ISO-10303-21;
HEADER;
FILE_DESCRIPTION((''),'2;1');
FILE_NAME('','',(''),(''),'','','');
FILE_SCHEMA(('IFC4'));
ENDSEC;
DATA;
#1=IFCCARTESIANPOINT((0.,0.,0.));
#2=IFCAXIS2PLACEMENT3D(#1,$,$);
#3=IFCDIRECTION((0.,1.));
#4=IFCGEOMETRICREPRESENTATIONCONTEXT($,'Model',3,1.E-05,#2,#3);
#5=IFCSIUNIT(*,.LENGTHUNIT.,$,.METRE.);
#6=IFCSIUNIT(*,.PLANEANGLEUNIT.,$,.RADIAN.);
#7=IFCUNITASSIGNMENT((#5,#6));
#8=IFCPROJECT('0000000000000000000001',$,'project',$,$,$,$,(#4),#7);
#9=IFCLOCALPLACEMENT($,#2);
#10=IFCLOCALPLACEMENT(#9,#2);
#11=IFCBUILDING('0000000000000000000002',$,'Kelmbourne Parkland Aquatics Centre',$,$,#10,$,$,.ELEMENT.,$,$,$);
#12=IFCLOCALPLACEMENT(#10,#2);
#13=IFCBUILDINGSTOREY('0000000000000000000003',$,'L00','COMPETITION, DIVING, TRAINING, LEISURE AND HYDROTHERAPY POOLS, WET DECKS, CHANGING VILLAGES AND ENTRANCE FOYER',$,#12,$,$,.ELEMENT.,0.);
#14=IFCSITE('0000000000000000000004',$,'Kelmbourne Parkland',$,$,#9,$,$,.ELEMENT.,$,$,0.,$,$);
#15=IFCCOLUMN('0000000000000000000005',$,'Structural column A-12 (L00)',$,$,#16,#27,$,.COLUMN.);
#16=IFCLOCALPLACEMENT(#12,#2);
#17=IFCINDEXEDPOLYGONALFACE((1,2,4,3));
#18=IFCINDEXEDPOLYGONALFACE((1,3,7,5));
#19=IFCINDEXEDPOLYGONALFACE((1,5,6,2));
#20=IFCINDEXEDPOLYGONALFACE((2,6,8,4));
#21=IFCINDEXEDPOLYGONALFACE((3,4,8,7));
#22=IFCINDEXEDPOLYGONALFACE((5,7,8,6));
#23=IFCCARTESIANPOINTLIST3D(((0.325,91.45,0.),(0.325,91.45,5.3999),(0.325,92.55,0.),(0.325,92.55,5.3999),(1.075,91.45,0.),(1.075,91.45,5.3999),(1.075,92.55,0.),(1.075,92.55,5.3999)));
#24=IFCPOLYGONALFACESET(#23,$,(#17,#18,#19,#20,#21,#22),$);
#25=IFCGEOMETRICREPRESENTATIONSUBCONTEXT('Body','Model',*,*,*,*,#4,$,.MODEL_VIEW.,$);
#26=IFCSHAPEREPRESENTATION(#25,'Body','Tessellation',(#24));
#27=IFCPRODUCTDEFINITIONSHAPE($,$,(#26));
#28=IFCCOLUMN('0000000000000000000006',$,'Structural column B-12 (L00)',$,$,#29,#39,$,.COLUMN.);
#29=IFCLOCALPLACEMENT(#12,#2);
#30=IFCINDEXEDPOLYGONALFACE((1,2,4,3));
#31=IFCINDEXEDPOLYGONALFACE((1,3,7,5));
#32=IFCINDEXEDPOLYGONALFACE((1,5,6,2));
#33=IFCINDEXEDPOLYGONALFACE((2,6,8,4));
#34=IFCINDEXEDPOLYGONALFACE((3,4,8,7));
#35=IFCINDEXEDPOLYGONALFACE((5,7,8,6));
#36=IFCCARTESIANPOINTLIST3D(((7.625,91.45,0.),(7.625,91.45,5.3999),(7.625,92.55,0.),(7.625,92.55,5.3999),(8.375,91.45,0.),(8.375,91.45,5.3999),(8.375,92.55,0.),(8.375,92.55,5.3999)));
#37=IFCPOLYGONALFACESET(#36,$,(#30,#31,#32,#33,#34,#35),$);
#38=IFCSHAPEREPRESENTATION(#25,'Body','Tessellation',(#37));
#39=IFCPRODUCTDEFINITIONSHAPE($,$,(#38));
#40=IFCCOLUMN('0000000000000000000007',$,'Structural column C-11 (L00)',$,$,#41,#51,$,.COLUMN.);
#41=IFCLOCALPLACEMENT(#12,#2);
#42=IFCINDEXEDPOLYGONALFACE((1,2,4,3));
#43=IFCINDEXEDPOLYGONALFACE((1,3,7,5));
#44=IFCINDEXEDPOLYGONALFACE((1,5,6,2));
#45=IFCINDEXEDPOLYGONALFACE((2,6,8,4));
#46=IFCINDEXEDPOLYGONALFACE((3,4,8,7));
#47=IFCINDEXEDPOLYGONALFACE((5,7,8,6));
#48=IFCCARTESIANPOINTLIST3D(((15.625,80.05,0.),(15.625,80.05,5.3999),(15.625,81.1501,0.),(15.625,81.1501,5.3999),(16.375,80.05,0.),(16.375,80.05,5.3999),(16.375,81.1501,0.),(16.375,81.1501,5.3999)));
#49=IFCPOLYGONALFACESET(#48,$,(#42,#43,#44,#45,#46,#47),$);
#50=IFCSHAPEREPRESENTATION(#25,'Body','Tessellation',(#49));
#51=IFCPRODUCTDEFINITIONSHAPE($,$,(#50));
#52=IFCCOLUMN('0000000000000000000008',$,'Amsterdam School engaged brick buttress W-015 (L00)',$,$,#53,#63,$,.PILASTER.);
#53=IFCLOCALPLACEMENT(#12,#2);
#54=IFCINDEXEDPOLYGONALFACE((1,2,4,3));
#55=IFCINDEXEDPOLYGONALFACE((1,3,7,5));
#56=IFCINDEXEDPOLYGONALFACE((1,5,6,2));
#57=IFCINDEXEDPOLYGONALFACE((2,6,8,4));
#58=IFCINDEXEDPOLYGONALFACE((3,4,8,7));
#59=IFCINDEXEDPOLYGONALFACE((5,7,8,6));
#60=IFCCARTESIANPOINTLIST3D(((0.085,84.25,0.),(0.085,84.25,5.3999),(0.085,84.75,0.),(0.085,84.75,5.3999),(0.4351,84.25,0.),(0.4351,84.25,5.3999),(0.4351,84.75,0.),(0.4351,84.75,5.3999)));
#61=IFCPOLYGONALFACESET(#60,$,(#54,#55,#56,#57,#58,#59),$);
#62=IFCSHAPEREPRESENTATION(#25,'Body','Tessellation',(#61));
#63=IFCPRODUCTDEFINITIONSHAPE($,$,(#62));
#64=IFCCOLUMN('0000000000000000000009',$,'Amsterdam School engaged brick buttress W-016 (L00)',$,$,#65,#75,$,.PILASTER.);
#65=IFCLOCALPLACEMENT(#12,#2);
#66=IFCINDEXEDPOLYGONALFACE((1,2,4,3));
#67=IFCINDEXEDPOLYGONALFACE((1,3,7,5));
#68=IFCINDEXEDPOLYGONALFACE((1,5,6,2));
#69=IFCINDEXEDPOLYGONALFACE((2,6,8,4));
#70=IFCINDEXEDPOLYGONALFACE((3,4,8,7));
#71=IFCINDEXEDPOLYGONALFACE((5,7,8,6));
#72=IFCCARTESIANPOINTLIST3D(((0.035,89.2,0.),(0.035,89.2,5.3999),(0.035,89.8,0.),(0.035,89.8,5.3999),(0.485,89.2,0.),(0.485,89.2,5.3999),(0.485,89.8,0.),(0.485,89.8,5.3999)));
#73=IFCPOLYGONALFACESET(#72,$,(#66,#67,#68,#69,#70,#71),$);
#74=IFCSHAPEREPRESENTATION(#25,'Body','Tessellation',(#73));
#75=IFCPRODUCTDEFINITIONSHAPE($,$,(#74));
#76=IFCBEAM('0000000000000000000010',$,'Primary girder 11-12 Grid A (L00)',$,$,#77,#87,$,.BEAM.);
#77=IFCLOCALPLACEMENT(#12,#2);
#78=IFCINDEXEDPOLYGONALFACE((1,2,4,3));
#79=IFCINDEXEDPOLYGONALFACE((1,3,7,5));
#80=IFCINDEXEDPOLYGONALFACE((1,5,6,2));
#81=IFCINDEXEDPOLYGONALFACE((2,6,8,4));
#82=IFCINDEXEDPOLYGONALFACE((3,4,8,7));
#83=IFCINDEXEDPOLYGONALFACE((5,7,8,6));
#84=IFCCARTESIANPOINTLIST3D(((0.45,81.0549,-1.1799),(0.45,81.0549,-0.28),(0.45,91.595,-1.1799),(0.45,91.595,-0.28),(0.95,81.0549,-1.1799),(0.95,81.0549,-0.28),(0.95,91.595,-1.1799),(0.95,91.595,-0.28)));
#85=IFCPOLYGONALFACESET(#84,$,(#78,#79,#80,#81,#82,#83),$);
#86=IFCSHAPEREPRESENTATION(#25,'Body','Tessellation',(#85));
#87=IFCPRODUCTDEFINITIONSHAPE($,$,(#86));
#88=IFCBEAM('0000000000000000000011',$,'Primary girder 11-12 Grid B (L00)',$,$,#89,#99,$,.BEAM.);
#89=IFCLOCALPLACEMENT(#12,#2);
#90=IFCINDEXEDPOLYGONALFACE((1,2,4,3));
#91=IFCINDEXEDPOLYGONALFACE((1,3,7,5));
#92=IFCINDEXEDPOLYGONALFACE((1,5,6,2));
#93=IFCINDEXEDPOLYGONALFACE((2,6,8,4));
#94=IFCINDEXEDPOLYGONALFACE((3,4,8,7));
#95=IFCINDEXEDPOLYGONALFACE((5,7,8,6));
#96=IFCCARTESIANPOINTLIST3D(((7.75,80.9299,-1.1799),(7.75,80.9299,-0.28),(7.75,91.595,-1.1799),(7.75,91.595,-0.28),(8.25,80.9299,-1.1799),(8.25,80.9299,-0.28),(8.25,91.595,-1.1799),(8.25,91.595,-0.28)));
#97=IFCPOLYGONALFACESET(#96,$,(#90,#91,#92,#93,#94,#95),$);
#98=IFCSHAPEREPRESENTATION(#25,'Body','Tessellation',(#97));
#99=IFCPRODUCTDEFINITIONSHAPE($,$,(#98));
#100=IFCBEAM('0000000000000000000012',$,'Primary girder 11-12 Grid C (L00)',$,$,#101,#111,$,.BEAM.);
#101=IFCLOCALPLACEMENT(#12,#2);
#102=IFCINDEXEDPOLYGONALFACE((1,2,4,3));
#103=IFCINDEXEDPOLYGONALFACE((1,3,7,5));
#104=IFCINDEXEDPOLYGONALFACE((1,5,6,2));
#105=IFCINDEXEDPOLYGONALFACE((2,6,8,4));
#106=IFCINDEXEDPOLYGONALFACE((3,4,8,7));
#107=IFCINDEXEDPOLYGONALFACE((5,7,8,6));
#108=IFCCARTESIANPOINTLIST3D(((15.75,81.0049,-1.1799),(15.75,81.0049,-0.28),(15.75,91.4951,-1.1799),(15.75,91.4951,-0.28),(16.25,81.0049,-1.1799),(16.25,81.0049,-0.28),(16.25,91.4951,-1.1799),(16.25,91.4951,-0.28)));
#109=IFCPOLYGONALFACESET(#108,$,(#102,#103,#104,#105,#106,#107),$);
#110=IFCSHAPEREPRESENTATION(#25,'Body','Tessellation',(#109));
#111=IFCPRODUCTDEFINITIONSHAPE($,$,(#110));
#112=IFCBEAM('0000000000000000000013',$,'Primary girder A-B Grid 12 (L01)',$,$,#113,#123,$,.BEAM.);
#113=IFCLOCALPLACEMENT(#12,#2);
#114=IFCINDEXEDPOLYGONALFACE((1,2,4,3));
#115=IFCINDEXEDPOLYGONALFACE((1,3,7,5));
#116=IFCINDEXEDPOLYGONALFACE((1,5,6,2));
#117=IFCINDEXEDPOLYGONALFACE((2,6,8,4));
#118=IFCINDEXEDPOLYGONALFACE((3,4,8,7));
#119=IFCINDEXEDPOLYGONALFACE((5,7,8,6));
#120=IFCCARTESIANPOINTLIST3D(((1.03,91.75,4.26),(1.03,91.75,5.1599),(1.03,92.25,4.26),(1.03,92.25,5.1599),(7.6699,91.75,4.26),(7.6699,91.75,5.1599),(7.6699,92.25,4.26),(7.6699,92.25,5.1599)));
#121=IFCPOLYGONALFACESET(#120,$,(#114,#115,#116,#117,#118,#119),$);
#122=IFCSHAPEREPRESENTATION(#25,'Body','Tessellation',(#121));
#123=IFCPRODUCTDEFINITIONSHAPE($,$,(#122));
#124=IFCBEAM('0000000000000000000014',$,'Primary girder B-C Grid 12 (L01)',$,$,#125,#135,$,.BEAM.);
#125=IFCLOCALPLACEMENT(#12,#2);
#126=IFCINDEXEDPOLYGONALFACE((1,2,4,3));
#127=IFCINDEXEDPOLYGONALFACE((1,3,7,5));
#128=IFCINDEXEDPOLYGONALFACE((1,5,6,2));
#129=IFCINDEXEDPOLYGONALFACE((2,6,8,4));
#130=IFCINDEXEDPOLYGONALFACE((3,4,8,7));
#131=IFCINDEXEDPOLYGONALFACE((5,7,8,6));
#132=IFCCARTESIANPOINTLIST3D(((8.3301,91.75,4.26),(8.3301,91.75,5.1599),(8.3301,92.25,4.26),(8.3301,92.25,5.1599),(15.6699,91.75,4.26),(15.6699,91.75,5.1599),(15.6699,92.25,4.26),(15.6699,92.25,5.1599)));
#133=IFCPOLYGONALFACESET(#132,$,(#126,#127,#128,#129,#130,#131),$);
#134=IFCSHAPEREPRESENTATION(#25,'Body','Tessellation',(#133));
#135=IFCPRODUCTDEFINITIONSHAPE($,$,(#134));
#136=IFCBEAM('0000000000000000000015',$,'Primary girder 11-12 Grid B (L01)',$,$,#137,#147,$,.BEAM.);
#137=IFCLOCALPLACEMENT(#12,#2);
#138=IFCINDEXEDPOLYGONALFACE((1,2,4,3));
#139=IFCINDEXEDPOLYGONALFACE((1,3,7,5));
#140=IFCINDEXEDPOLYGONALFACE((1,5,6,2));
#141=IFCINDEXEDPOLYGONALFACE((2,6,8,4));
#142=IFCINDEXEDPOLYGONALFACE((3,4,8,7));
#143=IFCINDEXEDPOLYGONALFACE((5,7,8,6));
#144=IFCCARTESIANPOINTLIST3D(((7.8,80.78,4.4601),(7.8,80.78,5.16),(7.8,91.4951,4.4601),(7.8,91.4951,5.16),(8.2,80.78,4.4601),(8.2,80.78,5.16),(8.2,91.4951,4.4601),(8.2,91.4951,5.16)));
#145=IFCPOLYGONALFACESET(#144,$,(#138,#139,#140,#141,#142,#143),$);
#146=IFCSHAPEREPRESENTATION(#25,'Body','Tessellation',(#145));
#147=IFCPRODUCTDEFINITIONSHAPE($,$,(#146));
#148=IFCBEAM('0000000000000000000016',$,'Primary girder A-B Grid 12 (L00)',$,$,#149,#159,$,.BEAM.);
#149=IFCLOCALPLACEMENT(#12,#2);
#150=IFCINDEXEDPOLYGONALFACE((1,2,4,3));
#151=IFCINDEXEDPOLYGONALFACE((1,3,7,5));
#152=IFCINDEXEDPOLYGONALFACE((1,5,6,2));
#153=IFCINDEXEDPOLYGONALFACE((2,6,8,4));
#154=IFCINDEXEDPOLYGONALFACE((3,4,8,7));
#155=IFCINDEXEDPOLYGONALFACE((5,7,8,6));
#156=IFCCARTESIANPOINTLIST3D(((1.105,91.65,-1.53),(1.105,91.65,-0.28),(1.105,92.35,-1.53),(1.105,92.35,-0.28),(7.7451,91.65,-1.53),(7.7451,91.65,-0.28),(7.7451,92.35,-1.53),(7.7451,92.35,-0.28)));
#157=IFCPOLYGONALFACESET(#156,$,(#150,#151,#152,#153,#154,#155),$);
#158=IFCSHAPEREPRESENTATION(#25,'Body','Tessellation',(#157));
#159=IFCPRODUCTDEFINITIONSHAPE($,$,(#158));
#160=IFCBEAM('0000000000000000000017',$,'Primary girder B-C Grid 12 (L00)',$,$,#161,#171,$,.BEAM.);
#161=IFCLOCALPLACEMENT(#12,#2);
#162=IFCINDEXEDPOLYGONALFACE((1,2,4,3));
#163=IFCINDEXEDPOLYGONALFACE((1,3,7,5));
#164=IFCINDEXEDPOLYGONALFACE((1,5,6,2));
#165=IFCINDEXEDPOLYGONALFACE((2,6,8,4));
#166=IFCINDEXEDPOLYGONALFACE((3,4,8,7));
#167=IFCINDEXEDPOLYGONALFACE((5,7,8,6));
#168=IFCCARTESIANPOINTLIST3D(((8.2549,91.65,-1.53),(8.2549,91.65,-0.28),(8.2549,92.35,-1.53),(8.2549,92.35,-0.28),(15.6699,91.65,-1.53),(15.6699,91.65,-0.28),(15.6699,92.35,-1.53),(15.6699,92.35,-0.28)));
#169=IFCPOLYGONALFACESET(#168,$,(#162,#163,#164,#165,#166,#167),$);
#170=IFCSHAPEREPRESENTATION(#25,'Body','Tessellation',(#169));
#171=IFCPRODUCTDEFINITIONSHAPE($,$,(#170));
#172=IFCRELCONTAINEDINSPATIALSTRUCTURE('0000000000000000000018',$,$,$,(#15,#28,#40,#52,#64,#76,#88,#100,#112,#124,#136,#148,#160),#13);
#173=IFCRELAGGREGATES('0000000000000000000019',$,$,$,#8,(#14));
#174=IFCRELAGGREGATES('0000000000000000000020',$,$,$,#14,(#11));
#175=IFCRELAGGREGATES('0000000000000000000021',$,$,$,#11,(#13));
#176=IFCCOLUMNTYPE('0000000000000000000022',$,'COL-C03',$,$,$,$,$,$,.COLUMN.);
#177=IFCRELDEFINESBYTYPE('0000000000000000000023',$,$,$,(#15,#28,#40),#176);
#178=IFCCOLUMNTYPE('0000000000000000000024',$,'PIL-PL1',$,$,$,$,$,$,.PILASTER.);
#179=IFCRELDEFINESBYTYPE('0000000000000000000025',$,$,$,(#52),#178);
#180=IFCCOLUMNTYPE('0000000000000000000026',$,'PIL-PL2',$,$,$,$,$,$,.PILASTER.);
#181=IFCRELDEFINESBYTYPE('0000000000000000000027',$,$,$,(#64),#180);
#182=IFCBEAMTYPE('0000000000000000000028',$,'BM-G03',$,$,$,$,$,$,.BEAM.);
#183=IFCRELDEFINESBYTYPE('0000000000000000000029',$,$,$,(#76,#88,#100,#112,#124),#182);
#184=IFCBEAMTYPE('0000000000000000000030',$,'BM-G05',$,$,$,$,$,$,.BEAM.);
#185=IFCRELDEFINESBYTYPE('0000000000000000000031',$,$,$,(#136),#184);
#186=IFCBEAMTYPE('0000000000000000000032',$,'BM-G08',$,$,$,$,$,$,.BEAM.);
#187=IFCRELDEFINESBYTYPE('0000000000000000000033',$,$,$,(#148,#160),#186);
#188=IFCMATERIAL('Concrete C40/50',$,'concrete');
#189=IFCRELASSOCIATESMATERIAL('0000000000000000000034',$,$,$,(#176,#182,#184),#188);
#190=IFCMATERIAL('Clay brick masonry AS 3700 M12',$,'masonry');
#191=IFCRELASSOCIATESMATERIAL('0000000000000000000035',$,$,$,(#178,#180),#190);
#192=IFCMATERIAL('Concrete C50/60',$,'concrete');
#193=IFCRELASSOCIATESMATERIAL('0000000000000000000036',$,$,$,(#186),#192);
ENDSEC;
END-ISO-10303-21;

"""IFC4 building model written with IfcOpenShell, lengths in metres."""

from ifc_helpers import new_model, si_unit, direction, frame, origin, origin_2d, place, context, subcontext, project, spatial, rectangle, extrude, material, material_profile, profile_set, type_object, element, save


model = new_model("IFC4")

# Units and contexts
model_context = context("Model", 3, precision=1e-05, world=origin(), true_north=direction((0.0, 1.0)))
body_context = subcontext(model_context, "Body", "Model", "MODEL_VIEW")
ifc_project = project(units=[si_unit("LENGTHUNIT", "METRE"), si_unit("PLANEANGLEUNIT", "RADIAN")], contexts=[model_context])

# Site, building, storey
site_placement = place(None, origin())
site = spatial("IfcSite", under=ifc_project, at=site_placement, Name="Kelmbourne Parkland", CompositionType="ELEMENT", RefElevation=0.0)
building_placement = place(site_placement, origin())
building = spatial("IfcBuilding", under=site, at=building_placement, Name="Kelmbourne Parkland Aquatics Centre", CompositionType="ELEMENT")
storey_placement = place(building_placement, origin())
storey = spatial("IfcBuildingStorey", under=building, at=storey_placement, Name="L00", Description="COMPETITION, DIVING, TRAINING, LEISURE AND HYDROTHERAPY POOLS, WET DECKS, CHANGING VILLAGES AND ENTRANCE FOYER", CompositionType="ELEMENT", Elevation=0.0)

# Columns
ifc_material_1 = material(Name="Concrete C40/50", Category="concrete")
ifc_material_profile_1 = material_profile(ifc_material_1, rectangle(XDim=0.75, YDim=1.1001, at=origin_2d()), Name="RC 750x1100")
ifc_profile_set_1 = profile_set([ifc_material_profile_1], Name="Concrete C40/50")
column_type_1 = type_object("IfcColumnType", Name="COL-C03", PredefinedType="COLUMN", material=ifc_profile_set_1)
for number, where, z_axis, x_axis, name in (
    (1, (0.7, 92.0, 0.0), (0.0, 0.0, 1.0), (1.0, 0.0, 0.0), "Structural column A-12 (L00)"),
    (2, (8.0, 92.0, 0.0), (0.0, 0.0, 1.0), (1.0, 0.0, 0.0), "Structural column B-12 (L00)"),
    (3, (16.0, 80.6001, 0.0), (0.0, 0.0, 1.0), (1.0, 0.0, 0.0), "Structural column C-11 (L00)"),
):
    element("IfcColumn", number, at=place(storey_placement, frame(where, z_axis=z_axis, x_axis=x_axis)), inside=storey, type_object=column_type_1, Name=name, PredefinedType="COLUMN", context=body_context, shape_type="SweptSolid", body=[
        extrude(rectangle(XDim=0.75, YDim=1.1001, at=origin_2d()), origin(), (0.0, 0.0, 1.0), 5.3999),
    ])
ifc_material_2 = material(Name="Clay brick masonry AS 3700 M12", Category="masonry")
ifc_material_profile_2 = material_profile(ifc_material_2, rectangle(XDim=0.3501, YDim=0.5, at=origin_2d()), Name="PIL 350x500")
ifc_profile_set_2 = profile_set([ifc_material_profile_2], Name="Clay brick masonry AS 3700 M12")
column_type_2 = type_object("IfcColumnType", Name="PIL-PL1", PredefinedType="PILASTER", material=ifc_profile_set_2)
column_1_placement = place(storey_placement, frame((0.26, 84.5, 0.0), z_axis=(0.0, 0.0, 1.0), x_axis=(1.0, 0.0, 0.0)))
element("IfcColumn", 4, at=column_1_placement, inside=storey, type_object=column_type_2, Name="Amsterdam School engaged brick buttress W-015 (L00)", PredefinedType="PILASTER", context=body_context, shape_type="SweptSolid", body=[
    extrude(rectangle(XDim=0.3501, YDim=0.5, at=origin_2d()), origin(), (0.0, 0.0, 1.0), 5.3999),
])
ifc_material_profile_3 = material_profile(ifc_material_2, rectangle(XDim=0.45, YDim=0.6001, at=origin_2d()), Name="PIL 450x600")
ifc_profile_set_3 = profile_set([ifc_material_profile_3], Name="Clay brick masonry AS 3700 M12")
column_type_3 = type_object("IfcColumnType", Name="PIL-PL2", PredefinedType="PILASTER", material=ifc_profile_set_3)
column_2_placement = place(storey_placement, frame((0.26, 89.5, 0.0), z_axis=(0.0, 0.0, 1.0), x_axis=(1.0, 0.0, 0.0)))
element("IfcColumn", 5, at=column_2_placement, inside=storey, type_object=column_type_3, Name="Amsterdam School engaged brick buttress W-016 (L00)", PredefinedType="PILASTER", context=body_context, shape_type="SweptSolid", body=[
    extrude(rectangle(XDim=0.45, YDim=0.6001, at=origin_2d()), origin(), (0.0, 0.0, 1.0), 5.3999),
])

# Beams
ifc_material_profile_4 = material_profile(ifc_material_1, rectangle(XDim=0.5, YDim=0.8999, at=origin_2d()), Name="RC 500x900")
ifc_profile_set_4 = profile_set([ifc_material_profile_4], Name="Concrete C40/50")
beam_type_1 = type_object("IfcBeamType", Name="BM-G03", PredefinedType="BEAM", material=ifc_profile_set_4)
beam_1_placement = place(storey_placement, frame((0.7, 81.0549, -0.73), z_axis=(0.0, 1.0, 0.0), x_axis=(-1.0, 0.0, 0.0)))
element("IfcBeam", 6, at=beam_1_placement, inside=storey, type_object=beam_type_1, Name="Primary girder 11-12 Grid A (L00)", PredefinedType="BEAM", context=body_context, shape_type="SweptSolid", body=[
    extrude(rectangle(XDim=0.5, YDim=0.8999, at=origin_2d()), origin(), (0.0, 0.0, 1.0), 10.54),
])
beam_2_placement = place(storey_placement, frame((8.0, 80.9299, -0.73), z_axis=(0.0, 1.0, 0.0), x_axis=(-1.0, 0.0, 0.0)))
element("IfcBeam", 7, at=beam_2_placement, inside=storey, type_object=beam_type_1, Name="Primary girder 11-12 Grid B (L00)", PredefinedType="BEAM", context=body_context, shape_type="SweptSolid", body=[
    extrude(rectangle(XDim=0.5, YDim=0.8999, at=origin_2d()), origin(), (0.0, 0.0, 1.0), 10.665),
])
beam_3_placement = place(storey_placement, frame((16.0, 81.0049, -0.73), z_axis=(0.0, 1.0, 0.0), x_axis=(-1.0, 0.0, 0.0)))
element("IfcBeam", 8, at=beam_3_placement, inside=storey, type_object=beam_type_1, Name="Primary girder 11-12 Grid C (L00)", PredefinedType="BEAM", context=body_context, shape_type="SweptSolid", body=[
    extrude(rectangle(XDim=0.5, YDim=0.8999, at=origin_2d()), origin(), (0.0, 0.0, 1.0), 10.4902),
])
beam_4_placement = place(storey_placement, frame((1.03, 92.0, 4.71), z_axis=(1.0, 0.0, 0.0), x_axis=(0.0, 1.0, 0.0)))
element("IfcBeam", 9, at=beam_4_placement, inside=storey, type_object=beam_type_1, Name="Primary girder A-B Grid 12 (L01)", PredefinedType="BEAM", context=body_context, shape_type="SweptSolid", body=[
    extrude(rectangle(XDim=0.5, YDim=0.8999, at=origin_2d()), origin(), (0.0, 0.0, 1.0), 6.6399),
])
beam_5_placement = place(storey_placement, frame((8.3301, 92.0, 4.71), z_axis=(1.0, 0.0, 0.0), x_axis=(0.0, 1.0, 0.0)))
element("IfcBeam", 10, at=beam_5_placement, inside=storey, type_object=beam_type_1, Name="Primary girder B-C Grid 12 (L01)", PredefinedType="BEAM", context=body_context, shape_type="SweptSolid", body=[
    extrude(rectangle(XDim=0.5, YDim=0.8999, at=origin_2d()), origin(), (0.0, 0.0, 1.0), 7.3398),
])
ifc_material_profile_5 = material_profile(ifc_material_1, rectangle(XDim=0.3999, YDim=0.7, at=origin_2d()), Name="RC 400x700")
ifc_profile_set_5 = profile_set([ifc_material_profile_5], Name="Concrete C40/50")
beam_type_2 = type_object("IfcBeamType", Name="BM-G05", PredefinedType="BEAM", material=ifc_profile_set_5)
beam_6_placement = place(storey_placement, frame((8.0, 80.78, 4.8101), z_axis=(0.0, 1.0, 0.0), x_axis=(-1.0, 0.0, 0.0)))
element("IfcBeam", 11, at=beam_6_placement, inside=storey, type_object=beam_type_2, Name="Primary girder 11-12 Grid B (L01)", PredefinedType="BEAM", context=body_context, shape_type="SweptSolid", body=[
    extrude(rectangle(XDim=0.3999, YDim=0.7, at=origin_2d()), origin(), (0.0, 0.0, 1.0), 10.7151),
])
ifc_material_3 = material(Name="Concrete C50/60", Category="concrete")
ifc_material_profile_6 = material_profile(ifc_material_3, rectangle(XDim=0.7, YDim=1.25, at=origin_2d()), Name="RC 700x1250")
ifc_profile_set_6 = profile_set([ifc_material_profile_6], Name="Concrete C50/60")
beam_type_3 = type_object("IfcBeamType", Name="BM-G08", PredefinedType="BEAM", material=ifc_profile_set_6)
beam_7_placement = place(storey_placement, frame((1.105, 92.0, -0.905), z_axis=(1.0, 0.0, 0.0), x_axis=(0.0, 1.0, 0.0)))
element("IfcBeam", 12, at=beam_7_placement, inside=storey, type_object=beam_type_3, Name="Primary girder A-B Grid 12 (L00)", PredefinedType="BEAM", context=body_context, shape_type="SweptSolid", body=[
    extrude(rectangle(XDim=0.7, YDim=1.25, at=origin_2d()), origin(), (0.0, 0.0, 1.0), 6.6401),
])
beam_8_placement = place(storey_placement, frame((8.2549, 92.0, -0.905), z_axis=(1.0, 0.0, 0.0), x_axis=(0.0, 1.0, 0.0)))
element("IfcBeam", 13, at=beam_8_placement, inside=storey, type_object=beam_type_3, Name="Primary girder B-C Grid 12 (L00)", PredefinedType="BEAM", context=body_context, shape_type="SweptSolid", body=[
    extrude(rectangle(XDim=0.7, YDim=1.25, at=origin_2d()), origin(), (0.0, 0.0, 1.0), 7.415),
])

save(model, "model.ifc")
